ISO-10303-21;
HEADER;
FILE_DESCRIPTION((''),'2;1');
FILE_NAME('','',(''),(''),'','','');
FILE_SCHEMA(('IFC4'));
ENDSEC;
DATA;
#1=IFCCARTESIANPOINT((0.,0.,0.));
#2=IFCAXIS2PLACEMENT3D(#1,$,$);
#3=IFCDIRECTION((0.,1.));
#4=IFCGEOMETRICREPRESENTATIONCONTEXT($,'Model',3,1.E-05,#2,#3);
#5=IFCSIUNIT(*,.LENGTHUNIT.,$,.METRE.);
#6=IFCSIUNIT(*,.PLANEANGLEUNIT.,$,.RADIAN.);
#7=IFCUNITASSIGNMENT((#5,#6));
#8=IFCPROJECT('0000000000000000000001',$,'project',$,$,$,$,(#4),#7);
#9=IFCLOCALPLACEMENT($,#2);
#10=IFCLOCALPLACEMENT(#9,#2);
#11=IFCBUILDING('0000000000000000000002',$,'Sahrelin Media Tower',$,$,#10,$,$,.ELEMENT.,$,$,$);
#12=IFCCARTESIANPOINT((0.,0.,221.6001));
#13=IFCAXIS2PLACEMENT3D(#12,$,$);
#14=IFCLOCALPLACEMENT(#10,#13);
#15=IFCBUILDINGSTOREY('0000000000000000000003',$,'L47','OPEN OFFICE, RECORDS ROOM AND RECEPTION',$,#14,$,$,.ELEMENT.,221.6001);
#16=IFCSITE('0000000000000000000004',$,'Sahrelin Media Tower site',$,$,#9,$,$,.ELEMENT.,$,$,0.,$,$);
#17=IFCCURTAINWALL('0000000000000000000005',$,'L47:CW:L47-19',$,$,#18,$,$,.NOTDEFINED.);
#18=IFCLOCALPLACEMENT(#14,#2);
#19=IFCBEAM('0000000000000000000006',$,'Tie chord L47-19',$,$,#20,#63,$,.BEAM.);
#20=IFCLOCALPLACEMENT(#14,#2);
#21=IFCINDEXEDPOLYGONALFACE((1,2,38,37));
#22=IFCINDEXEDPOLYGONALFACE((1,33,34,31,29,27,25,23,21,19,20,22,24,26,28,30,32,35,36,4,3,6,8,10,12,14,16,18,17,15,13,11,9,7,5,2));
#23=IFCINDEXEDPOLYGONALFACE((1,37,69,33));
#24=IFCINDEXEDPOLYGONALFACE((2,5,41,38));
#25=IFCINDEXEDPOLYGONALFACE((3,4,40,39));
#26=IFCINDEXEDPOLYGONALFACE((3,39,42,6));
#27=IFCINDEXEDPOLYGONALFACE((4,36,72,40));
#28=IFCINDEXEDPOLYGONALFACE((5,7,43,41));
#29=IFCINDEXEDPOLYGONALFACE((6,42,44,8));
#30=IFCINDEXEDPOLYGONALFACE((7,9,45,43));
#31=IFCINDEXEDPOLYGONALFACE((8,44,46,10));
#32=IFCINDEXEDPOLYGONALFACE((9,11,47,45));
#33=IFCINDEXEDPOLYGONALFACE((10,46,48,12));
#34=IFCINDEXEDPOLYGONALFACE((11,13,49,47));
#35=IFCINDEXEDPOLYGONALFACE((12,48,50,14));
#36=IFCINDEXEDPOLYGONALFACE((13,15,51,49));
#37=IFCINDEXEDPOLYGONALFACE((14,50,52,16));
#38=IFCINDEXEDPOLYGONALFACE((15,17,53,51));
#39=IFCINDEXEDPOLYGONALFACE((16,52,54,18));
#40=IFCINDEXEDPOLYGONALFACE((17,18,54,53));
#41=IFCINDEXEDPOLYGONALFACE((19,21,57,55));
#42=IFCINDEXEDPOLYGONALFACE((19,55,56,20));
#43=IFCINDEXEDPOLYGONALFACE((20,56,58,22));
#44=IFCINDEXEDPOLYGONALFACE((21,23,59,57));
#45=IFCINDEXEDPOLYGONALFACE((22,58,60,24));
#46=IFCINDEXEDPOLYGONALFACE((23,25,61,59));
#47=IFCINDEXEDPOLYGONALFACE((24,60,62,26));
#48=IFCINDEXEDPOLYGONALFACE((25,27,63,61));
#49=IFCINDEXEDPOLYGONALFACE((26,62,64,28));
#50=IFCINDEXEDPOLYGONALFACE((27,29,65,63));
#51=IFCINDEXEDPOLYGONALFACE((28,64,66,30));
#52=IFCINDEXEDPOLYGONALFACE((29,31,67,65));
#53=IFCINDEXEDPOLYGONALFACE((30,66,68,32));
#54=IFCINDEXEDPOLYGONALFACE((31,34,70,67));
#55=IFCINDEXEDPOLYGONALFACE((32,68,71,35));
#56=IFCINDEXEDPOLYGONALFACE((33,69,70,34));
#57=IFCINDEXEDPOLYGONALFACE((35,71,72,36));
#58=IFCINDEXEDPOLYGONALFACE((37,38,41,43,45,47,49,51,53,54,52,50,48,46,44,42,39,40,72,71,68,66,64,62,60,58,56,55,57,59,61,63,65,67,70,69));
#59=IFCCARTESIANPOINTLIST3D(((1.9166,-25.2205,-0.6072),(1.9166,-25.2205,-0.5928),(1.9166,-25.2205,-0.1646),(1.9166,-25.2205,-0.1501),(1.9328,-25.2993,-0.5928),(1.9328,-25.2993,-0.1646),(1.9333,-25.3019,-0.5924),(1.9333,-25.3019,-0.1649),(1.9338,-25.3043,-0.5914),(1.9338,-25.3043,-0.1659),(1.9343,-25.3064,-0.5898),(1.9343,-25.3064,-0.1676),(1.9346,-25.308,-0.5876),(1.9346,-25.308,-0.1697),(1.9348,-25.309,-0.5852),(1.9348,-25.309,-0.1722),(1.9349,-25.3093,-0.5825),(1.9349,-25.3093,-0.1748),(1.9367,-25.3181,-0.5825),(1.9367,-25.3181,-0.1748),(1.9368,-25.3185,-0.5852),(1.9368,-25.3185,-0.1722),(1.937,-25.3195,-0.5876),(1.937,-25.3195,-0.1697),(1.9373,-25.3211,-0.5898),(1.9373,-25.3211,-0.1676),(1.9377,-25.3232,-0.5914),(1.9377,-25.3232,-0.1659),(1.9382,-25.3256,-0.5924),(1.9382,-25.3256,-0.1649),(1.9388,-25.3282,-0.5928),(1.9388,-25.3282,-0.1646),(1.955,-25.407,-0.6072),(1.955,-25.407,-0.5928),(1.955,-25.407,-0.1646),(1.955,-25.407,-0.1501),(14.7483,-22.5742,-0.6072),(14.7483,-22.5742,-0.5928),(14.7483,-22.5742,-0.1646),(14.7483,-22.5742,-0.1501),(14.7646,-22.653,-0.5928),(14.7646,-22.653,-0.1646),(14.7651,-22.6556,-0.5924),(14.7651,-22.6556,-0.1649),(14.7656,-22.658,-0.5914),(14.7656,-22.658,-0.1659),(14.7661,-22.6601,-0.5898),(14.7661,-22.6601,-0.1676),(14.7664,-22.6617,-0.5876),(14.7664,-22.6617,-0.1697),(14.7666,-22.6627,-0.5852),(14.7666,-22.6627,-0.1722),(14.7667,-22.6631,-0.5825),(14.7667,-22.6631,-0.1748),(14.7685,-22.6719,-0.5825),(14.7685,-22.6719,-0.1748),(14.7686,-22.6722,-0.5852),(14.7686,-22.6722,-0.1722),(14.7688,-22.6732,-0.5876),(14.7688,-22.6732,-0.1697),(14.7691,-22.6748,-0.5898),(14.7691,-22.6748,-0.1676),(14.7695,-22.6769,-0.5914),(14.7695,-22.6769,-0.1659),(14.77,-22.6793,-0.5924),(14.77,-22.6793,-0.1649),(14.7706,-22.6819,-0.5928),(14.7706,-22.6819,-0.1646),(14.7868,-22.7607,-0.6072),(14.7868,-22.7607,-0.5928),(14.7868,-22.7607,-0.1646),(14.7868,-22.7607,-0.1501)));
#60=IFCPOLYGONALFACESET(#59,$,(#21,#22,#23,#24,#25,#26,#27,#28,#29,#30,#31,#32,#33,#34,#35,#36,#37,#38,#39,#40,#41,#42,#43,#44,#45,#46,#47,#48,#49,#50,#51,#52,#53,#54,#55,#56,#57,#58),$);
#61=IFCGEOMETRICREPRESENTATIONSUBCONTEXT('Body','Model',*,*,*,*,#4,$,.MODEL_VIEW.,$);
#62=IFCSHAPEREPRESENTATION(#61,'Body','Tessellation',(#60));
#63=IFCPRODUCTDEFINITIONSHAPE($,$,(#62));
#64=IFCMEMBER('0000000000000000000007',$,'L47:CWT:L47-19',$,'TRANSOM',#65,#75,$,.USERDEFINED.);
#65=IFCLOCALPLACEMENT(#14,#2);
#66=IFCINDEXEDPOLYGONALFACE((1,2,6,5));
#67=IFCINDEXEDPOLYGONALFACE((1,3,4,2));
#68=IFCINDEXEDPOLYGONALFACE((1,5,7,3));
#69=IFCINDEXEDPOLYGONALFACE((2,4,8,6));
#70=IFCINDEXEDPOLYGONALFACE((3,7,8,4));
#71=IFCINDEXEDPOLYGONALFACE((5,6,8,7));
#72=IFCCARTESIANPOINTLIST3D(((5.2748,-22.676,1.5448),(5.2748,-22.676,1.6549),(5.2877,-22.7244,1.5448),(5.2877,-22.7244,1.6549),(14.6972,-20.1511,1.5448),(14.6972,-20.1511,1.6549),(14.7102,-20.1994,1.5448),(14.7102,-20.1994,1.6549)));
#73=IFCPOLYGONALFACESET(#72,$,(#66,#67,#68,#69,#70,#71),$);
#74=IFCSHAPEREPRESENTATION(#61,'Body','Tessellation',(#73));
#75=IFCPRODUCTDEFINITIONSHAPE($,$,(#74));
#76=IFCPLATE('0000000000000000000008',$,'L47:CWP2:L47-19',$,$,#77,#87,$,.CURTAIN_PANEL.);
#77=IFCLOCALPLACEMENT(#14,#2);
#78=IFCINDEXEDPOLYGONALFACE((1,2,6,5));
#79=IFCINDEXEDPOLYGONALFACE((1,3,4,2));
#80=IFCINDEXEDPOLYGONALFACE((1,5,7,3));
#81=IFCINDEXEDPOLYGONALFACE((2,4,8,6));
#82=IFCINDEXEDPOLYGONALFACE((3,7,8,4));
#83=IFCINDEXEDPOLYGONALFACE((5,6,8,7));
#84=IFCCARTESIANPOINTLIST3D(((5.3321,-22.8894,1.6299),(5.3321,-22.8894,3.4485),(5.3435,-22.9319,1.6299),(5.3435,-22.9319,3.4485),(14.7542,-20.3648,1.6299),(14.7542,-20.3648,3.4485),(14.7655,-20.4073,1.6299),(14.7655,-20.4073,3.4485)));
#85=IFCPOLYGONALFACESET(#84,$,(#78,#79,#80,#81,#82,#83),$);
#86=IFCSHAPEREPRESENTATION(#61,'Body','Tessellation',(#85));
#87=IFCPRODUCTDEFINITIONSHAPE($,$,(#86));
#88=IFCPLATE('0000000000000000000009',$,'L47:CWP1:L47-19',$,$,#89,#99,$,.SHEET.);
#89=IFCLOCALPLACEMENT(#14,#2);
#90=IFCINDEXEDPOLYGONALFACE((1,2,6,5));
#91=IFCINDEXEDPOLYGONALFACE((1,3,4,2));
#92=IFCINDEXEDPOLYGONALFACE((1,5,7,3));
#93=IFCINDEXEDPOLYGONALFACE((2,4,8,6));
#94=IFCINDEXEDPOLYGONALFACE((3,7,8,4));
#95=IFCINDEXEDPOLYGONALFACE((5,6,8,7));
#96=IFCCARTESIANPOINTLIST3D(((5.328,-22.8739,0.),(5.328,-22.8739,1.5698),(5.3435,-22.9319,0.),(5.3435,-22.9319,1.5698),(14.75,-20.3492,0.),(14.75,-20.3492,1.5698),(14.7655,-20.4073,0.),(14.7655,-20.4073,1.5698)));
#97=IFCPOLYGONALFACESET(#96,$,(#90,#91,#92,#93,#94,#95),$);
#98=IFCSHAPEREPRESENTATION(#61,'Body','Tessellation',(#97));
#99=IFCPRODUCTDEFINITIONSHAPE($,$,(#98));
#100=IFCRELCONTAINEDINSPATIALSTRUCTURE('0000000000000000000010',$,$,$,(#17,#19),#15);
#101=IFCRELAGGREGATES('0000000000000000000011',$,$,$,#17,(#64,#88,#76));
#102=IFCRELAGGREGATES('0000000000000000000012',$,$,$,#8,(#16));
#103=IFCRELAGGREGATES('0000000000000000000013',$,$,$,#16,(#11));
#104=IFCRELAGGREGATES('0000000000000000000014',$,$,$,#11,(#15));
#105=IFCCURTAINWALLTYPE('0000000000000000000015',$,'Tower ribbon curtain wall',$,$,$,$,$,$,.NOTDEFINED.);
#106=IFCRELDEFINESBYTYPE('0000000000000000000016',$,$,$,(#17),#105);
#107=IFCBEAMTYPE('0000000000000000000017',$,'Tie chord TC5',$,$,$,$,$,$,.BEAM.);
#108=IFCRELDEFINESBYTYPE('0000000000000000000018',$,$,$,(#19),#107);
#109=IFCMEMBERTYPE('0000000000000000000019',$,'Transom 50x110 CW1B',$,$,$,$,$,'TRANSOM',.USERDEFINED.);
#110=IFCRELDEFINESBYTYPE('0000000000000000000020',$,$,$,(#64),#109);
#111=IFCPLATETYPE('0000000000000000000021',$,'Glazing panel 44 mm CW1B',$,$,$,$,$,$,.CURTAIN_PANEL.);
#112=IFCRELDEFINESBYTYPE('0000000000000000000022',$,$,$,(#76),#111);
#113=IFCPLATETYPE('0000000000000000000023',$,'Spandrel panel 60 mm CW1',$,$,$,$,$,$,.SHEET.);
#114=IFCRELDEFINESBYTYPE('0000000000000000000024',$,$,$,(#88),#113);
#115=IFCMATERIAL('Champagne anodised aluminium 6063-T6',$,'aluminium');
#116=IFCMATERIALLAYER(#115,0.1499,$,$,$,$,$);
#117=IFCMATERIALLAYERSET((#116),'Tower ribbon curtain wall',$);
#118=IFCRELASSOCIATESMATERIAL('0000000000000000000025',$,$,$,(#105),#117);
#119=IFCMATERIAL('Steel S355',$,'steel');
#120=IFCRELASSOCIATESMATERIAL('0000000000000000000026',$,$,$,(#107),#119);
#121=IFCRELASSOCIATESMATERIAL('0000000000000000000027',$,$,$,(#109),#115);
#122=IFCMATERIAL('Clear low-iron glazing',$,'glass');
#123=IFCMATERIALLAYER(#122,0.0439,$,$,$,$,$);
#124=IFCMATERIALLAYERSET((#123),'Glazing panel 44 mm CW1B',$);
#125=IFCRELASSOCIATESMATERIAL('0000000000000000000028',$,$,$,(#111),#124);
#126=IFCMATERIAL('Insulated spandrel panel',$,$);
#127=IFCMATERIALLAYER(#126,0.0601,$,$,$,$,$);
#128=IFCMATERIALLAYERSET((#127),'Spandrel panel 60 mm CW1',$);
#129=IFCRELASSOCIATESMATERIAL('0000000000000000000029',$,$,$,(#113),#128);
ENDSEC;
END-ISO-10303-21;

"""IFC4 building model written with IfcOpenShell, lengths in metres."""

from ifc_helpers import new_model, si_unit, direction, frame, origin, origin_2d, place, context, subcontext, project, spatial, polyline, rectangle, i_section, outline, extrude, material, layer, layer_set, material_profile, profile_set, type_object, element, aggregate, save


model = new_model("IFC4")

# Units and contexts
model_context = context("Model", 3, precision=1e-05, world=origin(), true_north=direction((0.0, 1.0)))
body_context = subcontext(model_context, "Body", "Model", "MODEL_VIEW")
ifc_project = project(units=[si_unit("LENGTHUNIT", "METRE"), si_unit("PLANEANGLEUNIT", "RADIAN")], contexts=[model_context])

# Site, building, storey
site_placement = place(None, origin())
site = spatial("IfcSite", under=ifc_project, at=site_placement, Name="Sahrelin Media Tower site", CompositionType="ELEMENT", RefElevation=0.0)
building_placement = place(site_placement, origin())
building = spatial("IfcBuilding", under=site, at=building_placement, Name="Sahrelin Media Tower", CompositionType="ELEMENT")
storey_placement = place(building_placement, frame((0.0, 0.0, 221.6001)))
storey = spatial("IfcBuildingStorey", under=building, at=storey_placement, Name="L47", Description="OPEN OFFICE, RECORDS ROOM AND RECEPTION", CompositionType="ELEMENT", Elevation=221.6001)

# Shared definitions
ifc_material_1 = material(Name="Steel S355", Category="steel")

# Curtain wall
ifc_material_2 = material(Name="Champagne anodised aluminium 6063-T6", Category="aluminium")
ifc_layer_1 = layer(ifc_material_2, 0.1499)
ifc_layer_set_1 = layer_set([ifc_layer_1], Name="Tower ribbon curtain wall")
curtain_wall_type = type_object("IfcCurtainWallType", Name="Tower ribbon curtain wall", PredefinedType="NOTDEFINED", material=ifc_layer_set_1)
curtain_wall_placement = place(storey_placement, frame((10.0493, -21.6504, 0.0), z_axis=(0.0, 0.0, 1.0), x_axis=(1.0, 0.0, 0.0)))
curtain_wall = element("IfcCurtainWall", 1, at=curtain_wall_placement, inside=storey, type_object=curtain_wall_type, Name="L47:CW:L47-19", PredefinedType="NOTDEFINED")

# Beam
ifc_material_profile_1 = material_profile(ifc_material_1, i_section(OverallWidth=0.1904, OverallDepth=0.457, WebThickness=0.009, FlangeThickness=0.0144, FilletRadius=0.0103, at=origin_2d()), Name="UB 457x191x74")
ifc_profile_set_1 = profile_set([ifc_material_profile_1], Name="Steel S355")
beam_type_1 = type_object("IfcBeamType", Name="Tie chord TC5", PredefinedType="BEAM", material=ifc_profile_set_1)
beam_1_placement = place(storey_placement, frame((1.9358, -25.3137, -0.3787), z_axis=(0.979391, 0.201975, 0.0), x_axis=(-0.201975, 0.979391, 0.0)))
element("IfcBeam", 2, at=beam_1_placement, inside=storey, type_object=beam_type_1, Name="Tie chord L47-19", PredefinedType="BEAM", context=body_context, shape_type="SweptSolid", body=[
    extrude(i_section(OverallWidth=0.1904, OverallDepth=0.457, WebThickness=0.009, FlangeThickness=0.0144, FilletRadius=0.0103, at=origin_2d()), origin(), (0.0, 0.0, 1.0), 13.1018),
])

# Member
ifc_material_profile_2 = material_profile(ifc_material_2, rectangle(XDim=0.05, YDim=0.1101, at=origin_2d()), Name="Transom 50x110")
ifc_profile_set_2 = profile_set([ifc_material_profile_2], Name="Champagne anodised aluminium 6063-T6")
member_type_1 = type_object("IfcMemberType", Name="Transom 50x110 CW1B", ElementType="TRANSOM", PredefinedType="USERDEFINED", material=ifc_profile_set_2)
member_1_placement = place(storey_placement, frame((5.2812, -22.7002, 1.5999), z_axis=(0.965921, 0.258837, 0.0), x_axis=(-0.258837, 0.965921, 0.0)))
member_1 = element("IfcMember", 3, at=member_1_placement, type_object=member_type_1, Name="L47:CWT:L47-19", ObjectType="TRANSOM", PredefinedType="USERDEFINED", context=body_context, shape_type="SweptSolid", body=[
    extrude(rectangle(XDim=0.05, YDim=0.1101, at=origin_2d()), origin(), (0.0, 0.0, 1.0), 9.7549),
])

# Plates
ifc_material_3 = material(Name="Clear low-iron glazing", Category="glass")
ifc_layer_2 = layer(ifc_material_3, 0.0439)
ifc_layer_set_2 = layer_set([ifc_layer_2], Name="Glazing panel 44 mm CW1B")
plate_type_1 = type_object("IfcPlateType", Name="Glazing panel 44 mm CW1B", PredefinedType="CURTAIN_PANEL", material=ifc_layer_set_2)
plate_1_placement = place(storey_placement, frame((5.3435, -22.9319, 1.6299), z_axis=(0.25882, -0.965926, 0.0), x_axis=(0.965926, 0.25882, 0.0)))
plate_1 = element("IfcPlate", 4, at=plate_1_placement, type_object=plate_type_1, Name="L47:CWP2:L47-19", PredefinedType="CURTAIN_PANEL", context=body_context, shape_type="SweptSolid", body=[
    extrude(outline(polyline([(0.0, 0.0), (9.7544, 0.0), (9.7544, 1.8186), (0.0, 1.8186), (0.0, 0.0)])), origin(), (0.0, 0.0, -1.0), 0.0439),
])
ifc_material_4 = material(Name="Insulated spandrel panel")
ifc_layer_3 = layer(ifc_material_4, 0.0601)
ifc_layer_set_3 = layer_set([ifc_layer_3], Name="Spandrel panel 60 mm CW1")
plate_type_2 = type_object("IfcPlateType", Name="Spandrel panel 60 mm CW1", PredefinedType="SHEET", material=ifc_layer_set_3)
plate_2_placement = place(storey_placement, frame((5.3435, -22.9319, 0.0), z_axis=(0.25882, -0.965926, 0.0), x_axis=(0.965926, 0.25882, 0.0)))
plate_2 = element("IfcPlate", 5, at=plate_2_placement, type_object=plate_type_2, Name="L47:CWP1:L47-19", PredefinedType="SHEET", context=body_context, shape_type="SweptSolid", body=[
    extrude(outline(polyline([(0.0, 0.0), (9.7544, 0.0), (9.7544, 1.5698), (0.0, 1.5698), (0.0, 0.0)])), origin(), (0.0, 0.0, -1.0), 0.0601),
])
aggregate(curtain_wall, [member_1, plate_2, plate_1])

save(model, "model.ifc")
